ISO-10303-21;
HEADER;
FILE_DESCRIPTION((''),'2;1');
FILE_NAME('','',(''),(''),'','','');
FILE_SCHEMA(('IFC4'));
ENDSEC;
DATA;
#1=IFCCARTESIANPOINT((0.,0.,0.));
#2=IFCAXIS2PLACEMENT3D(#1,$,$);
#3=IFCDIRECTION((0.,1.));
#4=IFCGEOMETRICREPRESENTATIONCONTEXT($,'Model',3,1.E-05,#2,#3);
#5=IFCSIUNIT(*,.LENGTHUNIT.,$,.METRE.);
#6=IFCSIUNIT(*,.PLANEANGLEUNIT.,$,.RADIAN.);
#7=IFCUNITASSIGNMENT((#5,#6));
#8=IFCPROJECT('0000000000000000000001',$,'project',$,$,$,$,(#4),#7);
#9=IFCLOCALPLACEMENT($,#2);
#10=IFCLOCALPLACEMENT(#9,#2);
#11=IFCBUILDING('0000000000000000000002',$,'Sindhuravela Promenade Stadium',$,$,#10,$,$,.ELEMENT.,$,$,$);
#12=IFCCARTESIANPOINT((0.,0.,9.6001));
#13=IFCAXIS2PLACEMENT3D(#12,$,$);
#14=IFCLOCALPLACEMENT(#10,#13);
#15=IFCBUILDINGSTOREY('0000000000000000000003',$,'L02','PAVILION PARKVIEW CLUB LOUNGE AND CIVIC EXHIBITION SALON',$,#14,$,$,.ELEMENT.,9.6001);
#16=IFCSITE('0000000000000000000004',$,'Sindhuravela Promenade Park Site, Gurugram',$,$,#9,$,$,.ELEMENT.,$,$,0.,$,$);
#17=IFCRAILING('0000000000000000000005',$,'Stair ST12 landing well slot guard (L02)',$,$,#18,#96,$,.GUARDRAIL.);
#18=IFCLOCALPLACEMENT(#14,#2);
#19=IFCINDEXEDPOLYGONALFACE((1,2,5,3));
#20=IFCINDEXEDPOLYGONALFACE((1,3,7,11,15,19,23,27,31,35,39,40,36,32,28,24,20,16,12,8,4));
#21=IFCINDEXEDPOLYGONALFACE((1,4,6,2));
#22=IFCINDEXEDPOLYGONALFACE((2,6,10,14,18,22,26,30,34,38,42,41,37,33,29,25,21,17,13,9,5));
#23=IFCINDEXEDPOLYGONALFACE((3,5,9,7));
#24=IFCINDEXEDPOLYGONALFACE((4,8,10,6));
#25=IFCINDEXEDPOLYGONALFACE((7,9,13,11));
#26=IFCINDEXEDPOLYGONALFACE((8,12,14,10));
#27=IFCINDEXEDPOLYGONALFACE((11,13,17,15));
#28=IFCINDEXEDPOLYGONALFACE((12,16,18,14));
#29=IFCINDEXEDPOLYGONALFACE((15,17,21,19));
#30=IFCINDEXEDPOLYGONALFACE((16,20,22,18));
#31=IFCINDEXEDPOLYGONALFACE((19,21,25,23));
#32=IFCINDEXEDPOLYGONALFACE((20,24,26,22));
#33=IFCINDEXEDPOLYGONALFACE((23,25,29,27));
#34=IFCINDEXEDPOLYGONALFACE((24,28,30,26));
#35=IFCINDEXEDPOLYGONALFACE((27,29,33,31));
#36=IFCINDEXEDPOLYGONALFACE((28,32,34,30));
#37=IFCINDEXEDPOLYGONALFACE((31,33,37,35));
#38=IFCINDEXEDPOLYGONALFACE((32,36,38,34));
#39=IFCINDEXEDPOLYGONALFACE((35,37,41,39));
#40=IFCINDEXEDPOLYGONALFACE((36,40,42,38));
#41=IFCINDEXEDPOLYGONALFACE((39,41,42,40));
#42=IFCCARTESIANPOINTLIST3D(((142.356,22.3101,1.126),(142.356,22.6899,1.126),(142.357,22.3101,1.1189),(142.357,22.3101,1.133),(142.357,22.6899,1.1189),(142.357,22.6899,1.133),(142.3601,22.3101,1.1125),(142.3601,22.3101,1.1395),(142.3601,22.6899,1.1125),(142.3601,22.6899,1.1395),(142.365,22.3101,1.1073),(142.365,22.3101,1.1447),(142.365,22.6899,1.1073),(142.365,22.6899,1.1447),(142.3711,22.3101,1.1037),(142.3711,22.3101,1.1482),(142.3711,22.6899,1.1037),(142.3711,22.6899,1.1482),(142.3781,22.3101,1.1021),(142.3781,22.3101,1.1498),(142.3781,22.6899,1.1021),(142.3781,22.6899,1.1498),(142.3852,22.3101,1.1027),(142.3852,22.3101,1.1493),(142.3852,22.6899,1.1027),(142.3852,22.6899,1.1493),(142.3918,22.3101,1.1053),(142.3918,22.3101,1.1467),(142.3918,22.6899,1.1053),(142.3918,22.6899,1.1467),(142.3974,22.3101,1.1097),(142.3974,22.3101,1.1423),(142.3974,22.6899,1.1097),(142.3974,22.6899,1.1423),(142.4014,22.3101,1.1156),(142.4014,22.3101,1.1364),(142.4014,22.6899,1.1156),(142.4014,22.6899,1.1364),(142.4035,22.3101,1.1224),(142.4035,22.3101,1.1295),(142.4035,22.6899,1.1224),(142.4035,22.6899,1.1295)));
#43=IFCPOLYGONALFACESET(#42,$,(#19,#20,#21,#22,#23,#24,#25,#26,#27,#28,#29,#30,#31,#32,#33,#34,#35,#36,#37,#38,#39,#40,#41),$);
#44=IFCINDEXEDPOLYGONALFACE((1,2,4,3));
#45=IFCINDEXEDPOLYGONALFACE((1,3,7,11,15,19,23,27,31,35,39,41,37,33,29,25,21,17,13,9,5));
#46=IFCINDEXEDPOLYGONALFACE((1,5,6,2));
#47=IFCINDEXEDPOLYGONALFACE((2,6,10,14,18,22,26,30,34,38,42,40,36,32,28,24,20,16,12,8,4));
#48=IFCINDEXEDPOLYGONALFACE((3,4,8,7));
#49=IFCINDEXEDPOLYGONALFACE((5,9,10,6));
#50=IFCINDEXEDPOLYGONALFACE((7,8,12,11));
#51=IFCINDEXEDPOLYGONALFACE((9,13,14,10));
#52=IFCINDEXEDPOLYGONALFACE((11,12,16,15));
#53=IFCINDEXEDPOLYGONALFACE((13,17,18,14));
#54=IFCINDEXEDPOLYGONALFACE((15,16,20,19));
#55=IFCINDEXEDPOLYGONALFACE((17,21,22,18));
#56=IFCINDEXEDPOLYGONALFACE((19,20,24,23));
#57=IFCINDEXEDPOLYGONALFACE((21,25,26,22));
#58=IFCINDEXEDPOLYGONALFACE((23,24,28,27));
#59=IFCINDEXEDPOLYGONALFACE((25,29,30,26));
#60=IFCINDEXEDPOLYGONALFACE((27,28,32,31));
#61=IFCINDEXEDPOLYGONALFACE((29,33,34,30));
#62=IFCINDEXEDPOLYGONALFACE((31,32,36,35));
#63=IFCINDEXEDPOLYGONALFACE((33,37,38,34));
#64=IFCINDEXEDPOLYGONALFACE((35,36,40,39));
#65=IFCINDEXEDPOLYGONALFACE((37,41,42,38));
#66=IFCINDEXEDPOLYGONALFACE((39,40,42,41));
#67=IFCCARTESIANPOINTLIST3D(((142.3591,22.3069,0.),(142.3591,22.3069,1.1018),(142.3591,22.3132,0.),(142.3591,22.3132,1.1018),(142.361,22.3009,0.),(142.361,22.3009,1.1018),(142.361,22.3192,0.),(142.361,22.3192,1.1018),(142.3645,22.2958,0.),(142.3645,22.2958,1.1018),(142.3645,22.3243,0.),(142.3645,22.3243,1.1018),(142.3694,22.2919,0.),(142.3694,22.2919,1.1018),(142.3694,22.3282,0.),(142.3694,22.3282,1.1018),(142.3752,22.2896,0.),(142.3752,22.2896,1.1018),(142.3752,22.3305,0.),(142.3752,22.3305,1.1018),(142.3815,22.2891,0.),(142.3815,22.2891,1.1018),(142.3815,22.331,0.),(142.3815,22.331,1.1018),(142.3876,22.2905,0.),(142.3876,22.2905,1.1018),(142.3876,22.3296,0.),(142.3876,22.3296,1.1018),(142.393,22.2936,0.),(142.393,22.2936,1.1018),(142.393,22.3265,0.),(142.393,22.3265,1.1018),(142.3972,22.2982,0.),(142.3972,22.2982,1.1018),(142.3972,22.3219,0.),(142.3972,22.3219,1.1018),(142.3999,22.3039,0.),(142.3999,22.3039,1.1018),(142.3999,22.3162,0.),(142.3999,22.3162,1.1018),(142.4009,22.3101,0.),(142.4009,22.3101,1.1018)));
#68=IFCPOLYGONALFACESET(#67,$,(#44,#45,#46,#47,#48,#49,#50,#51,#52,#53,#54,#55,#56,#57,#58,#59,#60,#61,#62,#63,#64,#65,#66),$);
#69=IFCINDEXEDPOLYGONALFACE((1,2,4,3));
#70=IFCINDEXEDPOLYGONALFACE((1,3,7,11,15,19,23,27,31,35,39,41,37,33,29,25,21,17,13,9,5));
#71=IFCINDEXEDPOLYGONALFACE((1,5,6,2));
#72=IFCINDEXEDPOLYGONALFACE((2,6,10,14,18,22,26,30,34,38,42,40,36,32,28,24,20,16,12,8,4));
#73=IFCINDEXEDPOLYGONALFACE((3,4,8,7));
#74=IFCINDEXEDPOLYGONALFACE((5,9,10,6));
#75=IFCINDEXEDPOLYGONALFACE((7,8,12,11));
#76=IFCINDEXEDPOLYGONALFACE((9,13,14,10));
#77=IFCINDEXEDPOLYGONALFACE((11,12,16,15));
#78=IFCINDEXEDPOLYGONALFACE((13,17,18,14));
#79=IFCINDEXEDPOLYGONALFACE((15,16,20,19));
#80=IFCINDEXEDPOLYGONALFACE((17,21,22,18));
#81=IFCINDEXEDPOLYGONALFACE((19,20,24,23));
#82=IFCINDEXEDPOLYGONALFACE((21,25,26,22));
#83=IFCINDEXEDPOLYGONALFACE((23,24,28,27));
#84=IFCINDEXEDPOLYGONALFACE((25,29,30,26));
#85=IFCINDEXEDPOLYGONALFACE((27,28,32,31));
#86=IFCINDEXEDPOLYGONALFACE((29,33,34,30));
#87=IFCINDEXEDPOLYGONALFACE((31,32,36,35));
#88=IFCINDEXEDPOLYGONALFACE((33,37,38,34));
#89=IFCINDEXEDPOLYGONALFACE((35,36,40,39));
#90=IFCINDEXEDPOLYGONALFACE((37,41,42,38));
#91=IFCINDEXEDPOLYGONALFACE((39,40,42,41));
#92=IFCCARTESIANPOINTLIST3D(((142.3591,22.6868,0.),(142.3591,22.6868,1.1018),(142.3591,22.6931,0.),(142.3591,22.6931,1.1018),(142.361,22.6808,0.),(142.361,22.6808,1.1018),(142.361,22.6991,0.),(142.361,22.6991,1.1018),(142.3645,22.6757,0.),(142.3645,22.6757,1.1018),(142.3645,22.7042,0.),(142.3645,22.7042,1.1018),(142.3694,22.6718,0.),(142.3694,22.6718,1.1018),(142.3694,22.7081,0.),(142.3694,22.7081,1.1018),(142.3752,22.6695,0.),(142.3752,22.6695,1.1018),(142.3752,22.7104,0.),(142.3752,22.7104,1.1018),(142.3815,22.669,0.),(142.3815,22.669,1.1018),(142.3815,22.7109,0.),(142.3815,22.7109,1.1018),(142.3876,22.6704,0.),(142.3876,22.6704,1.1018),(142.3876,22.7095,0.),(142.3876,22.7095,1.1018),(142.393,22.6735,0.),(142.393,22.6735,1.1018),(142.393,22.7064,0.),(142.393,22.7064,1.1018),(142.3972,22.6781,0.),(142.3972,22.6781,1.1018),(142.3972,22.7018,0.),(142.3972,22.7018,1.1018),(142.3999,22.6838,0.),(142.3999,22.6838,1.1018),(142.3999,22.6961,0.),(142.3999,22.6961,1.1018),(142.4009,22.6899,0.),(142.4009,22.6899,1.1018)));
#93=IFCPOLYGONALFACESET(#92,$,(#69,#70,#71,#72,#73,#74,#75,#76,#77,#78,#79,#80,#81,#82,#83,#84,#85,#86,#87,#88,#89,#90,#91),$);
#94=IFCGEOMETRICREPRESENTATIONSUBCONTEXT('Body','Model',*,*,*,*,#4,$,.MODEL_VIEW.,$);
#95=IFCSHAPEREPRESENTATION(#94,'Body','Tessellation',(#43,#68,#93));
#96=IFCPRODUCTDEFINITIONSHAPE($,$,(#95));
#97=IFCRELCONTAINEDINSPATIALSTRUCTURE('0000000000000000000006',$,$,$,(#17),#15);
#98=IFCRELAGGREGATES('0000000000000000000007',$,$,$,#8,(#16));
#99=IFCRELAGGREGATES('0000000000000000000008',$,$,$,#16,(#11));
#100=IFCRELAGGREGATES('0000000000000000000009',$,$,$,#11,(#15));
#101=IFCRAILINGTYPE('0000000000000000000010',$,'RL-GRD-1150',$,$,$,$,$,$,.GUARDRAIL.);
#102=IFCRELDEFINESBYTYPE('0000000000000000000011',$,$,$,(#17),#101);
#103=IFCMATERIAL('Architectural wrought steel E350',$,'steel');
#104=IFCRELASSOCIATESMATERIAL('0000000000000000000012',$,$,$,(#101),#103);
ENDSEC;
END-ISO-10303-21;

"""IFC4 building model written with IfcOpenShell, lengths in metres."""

from ifc_helpers import new_model, si_unit, direction, frame, origin, origin_2d, place, context, subcontext, project, spatial, circle, extrude, material, type_object, element, save


model = new_model("IFC4")

# Units and contexts
model_context = context("Model", 3, precision=1e-05, world=origin(), true_north=direction((0.0, 1.0)))
body_context = subcontext(model_context, "Body", "Model", "MODEL_VIEW")
ifc_project = project(units=[si_unit("LENGTHUNIT", "METRE"), si_unit("PLANEANGLEUNIT", "RADIAN")], contexts=[model_context])

# Site, building, storey
site_placement = place(None, origin())
site = spatial("IfcSite", under=ifc_project, at=site_placement, Name="Sindhuravela Promenade Park Site, Gurugram", CompositionType="ELEMENT", RefElevation=0.0)
building_placement = place(site_placement, origin())
building = spatial("IfcBuilding", under=site, at=building_placement, Name="Sindhuravela Promenade Stadium", CompositionType="ELEMENT")
storey_placement = place(building_placement, frame((0.0, 0.0, 9.6001)))
storey = spatial("IfcBuildingStorey", under=building, at=storey_placement, Name="L02", Description="PAVILION PARKVIEW CLUB LOUNGE AND CIVIC EXHIBITION SALON", CompositionType="ELEMENT", Elevation=9.6001)

# Shared definitions
ifc_material_1 = material(Name="Architectural wrought steel E350", Category="steel")

# Railing
railing_type_1 = type_object("IfcRailingType", Name="RL-GRD-1150", PredefinedType="GUARDRAIL", material=ifc_material_1)
railing_1_placement = place(storey_placement, frame((142.3799, 22.3101, 0.0)))
element("IfcRailing", 1, at=railing_1_placement, inside=storey, type_object=railing_type_1, Name="Stair ST12 landing well slot guard (L02)", PredefinedType="GUARDRAIL", context=body_context, shape_type="SweptSolid", body=[
    extrude(circle(Radius=0.0239, at=origin_2d()), frame((0.0, 0.0, 1.126), z_axis=(0.0, 1.0, 0.0), x_axis=(-1.0, 0.0, 0.0)), (0.0, 0.0, 1.0), 0.3799),
    extrude(circle(Radius=0.021, at=origin_2d()), origin(), (0.0, 0.0, 1.0), 1.1018),
    extrude(circle(Radius=0.021, at=origin_2d()), frame((0.0, 0.3799, 0.0)), (0.0, 0.0, 1.0), 1.1018),
])

save(model, "model.ifc")
